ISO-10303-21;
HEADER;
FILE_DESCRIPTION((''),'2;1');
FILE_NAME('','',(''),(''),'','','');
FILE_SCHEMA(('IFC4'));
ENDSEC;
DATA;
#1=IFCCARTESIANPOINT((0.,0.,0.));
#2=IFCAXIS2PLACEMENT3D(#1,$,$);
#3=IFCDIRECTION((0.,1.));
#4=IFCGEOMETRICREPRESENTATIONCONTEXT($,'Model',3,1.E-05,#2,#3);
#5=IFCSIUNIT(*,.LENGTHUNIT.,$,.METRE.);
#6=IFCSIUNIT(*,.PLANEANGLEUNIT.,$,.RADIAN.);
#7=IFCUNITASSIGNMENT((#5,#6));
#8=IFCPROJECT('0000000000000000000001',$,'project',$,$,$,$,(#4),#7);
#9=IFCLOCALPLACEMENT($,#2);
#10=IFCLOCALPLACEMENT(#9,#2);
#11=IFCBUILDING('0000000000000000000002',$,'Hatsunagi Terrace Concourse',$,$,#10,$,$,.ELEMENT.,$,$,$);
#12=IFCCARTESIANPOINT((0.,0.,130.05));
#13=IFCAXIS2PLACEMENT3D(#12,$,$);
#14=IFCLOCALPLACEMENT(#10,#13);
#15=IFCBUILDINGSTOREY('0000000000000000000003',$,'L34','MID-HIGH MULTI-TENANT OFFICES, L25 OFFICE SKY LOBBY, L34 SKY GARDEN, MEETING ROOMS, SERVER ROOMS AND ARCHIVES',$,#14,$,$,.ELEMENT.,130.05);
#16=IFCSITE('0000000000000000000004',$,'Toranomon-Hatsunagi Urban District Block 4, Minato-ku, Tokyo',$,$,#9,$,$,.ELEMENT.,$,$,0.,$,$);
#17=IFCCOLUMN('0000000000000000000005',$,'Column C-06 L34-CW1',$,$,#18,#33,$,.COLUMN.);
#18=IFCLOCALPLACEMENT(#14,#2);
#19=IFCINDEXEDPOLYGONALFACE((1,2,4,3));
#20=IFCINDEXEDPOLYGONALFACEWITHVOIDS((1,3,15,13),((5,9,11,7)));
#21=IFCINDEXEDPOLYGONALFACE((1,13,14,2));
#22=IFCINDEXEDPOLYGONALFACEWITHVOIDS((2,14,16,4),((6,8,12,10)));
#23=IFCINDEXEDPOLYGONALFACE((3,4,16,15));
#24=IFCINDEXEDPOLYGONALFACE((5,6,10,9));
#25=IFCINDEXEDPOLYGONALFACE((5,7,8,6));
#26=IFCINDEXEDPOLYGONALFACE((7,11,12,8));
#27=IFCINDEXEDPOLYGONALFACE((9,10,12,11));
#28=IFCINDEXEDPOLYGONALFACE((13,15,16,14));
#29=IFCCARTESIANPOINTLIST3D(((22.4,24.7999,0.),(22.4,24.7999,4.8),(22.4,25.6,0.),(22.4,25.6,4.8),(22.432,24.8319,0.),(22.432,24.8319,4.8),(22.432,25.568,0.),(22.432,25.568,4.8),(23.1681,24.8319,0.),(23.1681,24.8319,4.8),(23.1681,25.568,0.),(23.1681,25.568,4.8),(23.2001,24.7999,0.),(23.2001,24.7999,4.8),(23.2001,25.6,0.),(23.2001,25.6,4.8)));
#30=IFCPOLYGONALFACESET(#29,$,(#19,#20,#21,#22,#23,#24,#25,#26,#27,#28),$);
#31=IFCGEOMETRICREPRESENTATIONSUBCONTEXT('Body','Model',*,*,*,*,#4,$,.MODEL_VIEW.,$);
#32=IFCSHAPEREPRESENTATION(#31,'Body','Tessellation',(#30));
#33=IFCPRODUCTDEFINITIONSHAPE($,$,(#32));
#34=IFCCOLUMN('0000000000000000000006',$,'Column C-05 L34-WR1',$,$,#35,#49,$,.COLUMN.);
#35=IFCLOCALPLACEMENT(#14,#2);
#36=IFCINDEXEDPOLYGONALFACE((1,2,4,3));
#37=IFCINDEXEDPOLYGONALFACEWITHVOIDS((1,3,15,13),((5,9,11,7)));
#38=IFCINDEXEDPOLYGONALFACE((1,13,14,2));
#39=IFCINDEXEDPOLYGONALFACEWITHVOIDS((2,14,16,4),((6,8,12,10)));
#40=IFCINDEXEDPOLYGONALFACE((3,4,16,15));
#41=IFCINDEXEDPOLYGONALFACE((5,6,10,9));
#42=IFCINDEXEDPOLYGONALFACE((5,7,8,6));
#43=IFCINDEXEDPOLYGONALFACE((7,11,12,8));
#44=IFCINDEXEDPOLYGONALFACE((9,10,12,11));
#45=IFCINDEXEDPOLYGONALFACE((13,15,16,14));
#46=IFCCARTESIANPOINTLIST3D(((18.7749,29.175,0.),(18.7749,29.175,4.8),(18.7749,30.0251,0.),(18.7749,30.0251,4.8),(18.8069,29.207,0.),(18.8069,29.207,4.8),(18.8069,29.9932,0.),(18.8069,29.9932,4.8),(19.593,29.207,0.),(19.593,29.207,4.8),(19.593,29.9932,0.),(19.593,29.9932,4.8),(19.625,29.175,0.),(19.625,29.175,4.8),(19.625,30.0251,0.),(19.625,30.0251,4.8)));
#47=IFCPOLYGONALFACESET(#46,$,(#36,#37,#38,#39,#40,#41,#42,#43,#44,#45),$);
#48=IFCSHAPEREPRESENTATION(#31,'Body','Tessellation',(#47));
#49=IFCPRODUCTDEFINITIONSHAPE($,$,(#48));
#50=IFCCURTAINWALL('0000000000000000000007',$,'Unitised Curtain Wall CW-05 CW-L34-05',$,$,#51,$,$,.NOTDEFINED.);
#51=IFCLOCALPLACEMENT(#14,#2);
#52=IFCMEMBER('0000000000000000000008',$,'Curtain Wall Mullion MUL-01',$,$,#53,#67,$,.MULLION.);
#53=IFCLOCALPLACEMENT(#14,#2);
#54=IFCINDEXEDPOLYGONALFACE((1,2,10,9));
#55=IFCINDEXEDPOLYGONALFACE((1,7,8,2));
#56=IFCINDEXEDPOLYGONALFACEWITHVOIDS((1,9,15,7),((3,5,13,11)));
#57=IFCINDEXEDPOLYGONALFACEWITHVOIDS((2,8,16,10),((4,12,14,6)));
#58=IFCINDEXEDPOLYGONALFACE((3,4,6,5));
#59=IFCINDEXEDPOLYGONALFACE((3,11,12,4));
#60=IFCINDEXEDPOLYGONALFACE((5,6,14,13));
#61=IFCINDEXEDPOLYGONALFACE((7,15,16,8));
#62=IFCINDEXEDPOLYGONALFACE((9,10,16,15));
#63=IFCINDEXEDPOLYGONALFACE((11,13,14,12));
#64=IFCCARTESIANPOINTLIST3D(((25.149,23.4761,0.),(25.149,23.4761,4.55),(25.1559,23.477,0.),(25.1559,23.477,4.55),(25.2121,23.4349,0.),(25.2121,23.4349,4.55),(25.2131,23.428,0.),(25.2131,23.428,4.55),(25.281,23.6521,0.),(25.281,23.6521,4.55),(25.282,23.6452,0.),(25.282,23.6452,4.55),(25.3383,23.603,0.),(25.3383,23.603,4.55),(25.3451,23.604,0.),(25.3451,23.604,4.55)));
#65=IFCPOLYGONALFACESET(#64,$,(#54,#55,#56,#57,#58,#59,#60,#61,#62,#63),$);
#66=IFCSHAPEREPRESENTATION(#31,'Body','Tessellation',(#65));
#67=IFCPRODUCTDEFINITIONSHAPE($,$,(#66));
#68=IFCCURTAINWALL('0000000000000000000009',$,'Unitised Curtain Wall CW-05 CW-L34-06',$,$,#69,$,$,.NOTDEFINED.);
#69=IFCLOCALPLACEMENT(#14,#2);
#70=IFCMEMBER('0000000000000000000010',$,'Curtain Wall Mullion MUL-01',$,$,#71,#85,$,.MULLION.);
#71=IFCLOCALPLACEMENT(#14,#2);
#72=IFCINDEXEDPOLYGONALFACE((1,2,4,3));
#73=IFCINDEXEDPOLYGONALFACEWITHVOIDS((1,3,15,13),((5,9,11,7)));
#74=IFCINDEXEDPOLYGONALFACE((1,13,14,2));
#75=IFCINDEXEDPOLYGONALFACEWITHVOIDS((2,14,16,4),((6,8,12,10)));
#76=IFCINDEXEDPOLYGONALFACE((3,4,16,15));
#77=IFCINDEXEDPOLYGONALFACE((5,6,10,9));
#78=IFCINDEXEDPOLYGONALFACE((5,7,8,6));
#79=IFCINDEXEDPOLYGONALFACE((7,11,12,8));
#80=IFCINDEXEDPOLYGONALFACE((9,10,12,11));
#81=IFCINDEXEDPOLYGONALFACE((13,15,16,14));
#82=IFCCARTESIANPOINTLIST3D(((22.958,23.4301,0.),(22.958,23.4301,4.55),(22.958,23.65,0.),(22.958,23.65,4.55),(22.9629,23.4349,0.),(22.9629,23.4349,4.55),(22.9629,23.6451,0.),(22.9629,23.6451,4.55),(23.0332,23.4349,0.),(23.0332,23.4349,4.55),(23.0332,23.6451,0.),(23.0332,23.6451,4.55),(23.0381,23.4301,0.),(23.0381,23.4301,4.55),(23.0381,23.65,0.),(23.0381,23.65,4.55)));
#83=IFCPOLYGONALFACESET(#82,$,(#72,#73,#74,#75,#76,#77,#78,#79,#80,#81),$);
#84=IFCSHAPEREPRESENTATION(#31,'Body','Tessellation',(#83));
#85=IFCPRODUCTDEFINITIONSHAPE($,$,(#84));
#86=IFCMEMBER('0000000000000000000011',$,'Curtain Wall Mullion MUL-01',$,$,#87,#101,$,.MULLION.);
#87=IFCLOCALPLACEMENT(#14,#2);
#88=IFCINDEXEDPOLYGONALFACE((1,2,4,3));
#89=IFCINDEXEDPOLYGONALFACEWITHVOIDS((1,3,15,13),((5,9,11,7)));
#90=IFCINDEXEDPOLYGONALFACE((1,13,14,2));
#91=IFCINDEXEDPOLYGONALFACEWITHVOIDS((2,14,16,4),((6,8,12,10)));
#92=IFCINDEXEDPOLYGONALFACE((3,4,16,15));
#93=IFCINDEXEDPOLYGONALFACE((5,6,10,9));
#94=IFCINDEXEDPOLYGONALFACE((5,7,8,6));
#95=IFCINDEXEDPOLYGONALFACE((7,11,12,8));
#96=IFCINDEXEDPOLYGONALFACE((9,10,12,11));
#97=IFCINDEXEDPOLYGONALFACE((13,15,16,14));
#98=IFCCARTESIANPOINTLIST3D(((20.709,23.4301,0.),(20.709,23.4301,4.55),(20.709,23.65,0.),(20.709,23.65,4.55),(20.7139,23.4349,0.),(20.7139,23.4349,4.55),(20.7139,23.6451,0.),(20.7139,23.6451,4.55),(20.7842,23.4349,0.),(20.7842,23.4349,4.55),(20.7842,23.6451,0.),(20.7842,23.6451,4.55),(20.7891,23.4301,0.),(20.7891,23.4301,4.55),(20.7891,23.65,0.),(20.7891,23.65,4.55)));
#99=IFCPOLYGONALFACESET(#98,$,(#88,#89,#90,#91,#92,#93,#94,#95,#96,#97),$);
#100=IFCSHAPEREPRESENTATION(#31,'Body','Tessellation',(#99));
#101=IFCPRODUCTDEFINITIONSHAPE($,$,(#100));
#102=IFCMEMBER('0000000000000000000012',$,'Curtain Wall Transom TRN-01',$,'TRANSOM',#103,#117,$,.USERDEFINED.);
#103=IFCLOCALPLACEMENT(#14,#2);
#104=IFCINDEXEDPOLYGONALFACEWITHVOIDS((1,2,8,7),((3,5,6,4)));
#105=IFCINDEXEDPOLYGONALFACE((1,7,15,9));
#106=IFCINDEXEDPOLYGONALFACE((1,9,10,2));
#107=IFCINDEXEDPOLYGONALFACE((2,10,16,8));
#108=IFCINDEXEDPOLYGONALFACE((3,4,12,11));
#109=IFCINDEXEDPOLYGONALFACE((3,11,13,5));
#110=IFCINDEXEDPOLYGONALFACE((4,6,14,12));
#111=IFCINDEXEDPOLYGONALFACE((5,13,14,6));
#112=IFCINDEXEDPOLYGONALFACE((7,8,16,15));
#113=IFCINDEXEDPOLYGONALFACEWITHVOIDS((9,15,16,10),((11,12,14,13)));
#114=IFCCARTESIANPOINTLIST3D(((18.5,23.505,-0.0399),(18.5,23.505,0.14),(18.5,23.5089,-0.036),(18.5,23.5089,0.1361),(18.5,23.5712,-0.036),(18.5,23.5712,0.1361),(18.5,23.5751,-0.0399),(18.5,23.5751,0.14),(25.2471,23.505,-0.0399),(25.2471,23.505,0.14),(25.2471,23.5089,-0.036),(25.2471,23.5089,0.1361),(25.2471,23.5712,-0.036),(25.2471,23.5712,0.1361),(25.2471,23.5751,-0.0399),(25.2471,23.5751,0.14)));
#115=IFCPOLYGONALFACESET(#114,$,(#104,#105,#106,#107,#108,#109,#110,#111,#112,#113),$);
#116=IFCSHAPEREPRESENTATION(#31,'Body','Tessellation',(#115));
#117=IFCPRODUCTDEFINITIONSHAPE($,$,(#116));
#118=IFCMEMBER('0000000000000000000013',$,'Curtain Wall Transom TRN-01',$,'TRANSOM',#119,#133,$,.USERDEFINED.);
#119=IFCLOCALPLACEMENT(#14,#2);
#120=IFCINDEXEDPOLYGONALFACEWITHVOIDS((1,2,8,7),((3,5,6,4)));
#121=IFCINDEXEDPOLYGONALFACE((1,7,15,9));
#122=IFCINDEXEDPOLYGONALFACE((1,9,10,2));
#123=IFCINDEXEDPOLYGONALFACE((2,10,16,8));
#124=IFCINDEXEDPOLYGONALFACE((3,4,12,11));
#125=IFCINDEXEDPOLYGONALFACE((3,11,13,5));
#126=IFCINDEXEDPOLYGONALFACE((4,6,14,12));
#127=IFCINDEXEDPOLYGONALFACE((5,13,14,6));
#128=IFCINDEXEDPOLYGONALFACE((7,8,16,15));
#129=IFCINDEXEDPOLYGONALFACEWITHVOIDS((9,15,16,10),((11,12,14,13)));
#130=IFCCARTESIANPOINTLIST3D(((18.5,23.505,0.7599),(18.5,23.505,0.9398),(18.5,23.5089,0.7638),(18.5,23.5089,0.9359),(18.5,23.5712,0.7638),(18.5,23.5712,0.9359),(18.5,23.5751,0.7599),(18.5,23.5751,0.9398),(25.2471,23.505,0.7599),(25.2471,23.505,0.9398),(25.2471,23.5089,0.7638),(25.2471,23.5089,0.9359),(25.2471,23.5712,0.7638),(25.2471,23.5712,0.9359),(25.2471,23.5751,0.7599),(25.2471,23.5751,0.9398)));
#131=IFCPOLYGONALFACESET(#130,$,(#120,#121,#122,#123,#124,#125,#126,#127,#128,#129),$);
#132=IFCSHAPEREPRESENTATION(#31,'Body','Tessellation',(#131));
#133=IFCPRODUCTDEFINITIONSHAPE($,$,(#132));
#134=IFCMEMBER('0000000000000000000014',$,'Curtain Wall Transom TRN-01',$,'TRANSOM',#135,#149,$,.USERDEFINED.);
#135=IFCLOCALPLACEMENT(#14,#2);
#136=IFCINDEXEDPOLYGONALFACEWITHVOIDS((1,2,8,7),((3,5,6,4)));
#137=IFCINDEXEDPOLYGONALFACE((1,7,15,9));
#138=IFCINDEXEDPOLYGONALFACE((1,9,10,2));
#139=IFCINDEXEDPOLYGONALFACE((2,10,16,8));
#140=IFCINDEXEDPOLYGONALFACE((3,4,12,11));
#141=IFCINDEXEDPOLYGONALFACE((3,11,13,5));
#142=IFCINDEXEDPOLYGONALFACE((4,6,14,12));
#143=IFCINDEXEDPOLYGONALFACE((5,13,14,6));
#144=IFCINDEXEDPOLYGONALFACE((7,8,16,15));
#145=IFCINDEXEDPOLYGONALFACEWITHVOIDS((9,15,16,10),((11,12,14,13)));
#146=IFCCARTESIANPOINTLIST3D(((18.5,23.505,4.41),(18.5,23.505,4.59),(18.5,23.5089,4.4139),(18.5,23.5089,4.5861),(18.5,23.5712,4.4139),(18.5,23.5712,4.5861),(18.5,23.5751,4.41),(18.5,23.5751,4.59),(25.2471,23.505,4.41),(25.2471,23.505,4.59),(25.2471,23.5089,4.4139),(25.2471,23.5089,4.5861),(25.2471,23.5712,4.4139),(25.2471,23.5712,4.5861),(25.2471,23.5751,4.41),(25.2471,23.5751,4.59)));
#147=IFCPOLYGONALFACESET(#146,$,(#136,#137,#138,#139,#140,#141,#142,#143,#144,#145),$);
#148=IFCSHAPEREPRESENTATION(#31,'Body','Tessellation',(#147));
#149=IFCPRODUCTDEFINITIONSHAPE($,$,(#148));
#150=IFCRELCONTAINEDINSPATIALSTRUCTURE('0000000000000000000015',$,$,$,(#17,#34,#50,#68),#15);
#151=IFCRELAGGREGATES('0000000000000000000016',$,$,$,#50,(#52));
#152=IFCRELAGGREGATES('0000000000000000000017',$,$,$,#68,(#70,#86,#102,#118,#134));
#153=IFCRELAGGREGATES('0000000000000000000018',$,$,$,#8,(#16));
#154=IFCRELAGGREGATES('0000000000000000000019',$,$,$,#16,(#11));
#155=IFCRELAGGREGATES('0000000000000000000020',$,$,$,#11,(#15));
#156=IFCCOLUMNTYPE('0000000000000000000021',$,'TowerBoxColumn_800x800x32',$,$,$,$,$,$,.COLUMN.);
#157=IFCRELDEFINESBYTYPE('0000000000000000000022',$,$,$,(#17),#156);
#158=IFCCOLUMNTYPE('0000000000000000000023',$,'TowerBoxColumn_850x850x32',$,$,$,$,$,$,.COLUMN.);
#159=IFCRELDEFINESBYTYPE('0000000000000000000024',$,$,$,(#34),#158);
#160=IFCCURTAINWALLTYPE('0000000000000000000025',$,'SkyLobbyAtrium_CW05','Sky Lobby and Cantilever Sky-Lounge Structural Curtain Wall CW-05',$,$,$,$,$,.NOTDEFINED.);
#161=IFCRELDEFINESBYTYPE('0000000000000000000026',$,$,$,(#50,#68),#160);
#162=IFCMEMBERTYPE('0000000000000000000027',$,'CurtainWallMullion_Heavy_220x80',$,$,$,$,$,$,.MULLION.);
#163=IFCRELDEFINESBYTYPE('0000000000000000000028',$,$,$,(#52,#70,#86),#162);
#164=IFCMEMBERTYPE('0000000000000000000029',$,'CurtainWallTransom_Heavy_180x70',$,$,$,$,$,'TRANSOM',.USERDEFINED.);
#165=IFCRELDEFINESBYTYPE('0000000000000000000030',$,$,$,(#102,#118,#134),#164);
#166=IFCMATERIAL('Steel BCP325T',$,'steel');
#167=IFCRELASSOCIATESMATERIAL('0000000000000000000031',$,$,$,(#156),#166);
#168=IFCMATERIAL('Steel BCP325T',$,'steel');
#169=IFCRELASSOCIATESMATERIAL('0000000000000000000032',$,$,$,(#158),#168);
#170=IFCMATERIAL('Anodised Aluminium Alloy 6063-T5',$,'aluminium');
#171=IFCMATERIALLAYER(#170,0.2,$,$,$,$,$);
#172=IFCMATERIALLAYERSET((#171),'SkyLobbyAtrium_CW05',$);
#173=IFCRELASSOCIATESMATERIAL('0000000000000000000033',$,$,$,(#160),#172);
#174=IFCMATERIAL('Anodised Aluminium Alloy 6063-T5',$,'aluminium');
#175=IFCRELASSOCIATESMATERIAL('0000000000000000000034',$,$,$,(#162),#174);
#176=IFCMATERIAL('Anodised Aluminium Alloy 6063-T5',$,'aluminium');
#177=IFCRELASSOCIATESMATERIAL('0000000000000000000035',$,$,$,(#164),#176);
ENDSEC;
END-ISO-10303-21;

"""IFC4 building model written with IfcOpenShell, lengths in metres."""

from ifc_helpers import new_model, si_unit, direction, frame, origin, origin_2d, place, context, subcontext, project, spatial, hollow_rectangle, extrude, material, layer, layer_set, material_profile, profile_set, type_object, element, aggregate, save


model = new_model("IFC4")

# Units and contexts
model_context = context("Model", 3, precision=1e-05, world=origin(), true_north=direction((0.0, 1.0)))
body_context = subcontext(model_context, "Body", "Model", "MODEL_VIEW")
ifc_project = project(units=[si_unit("LENGTHUNIT", "METRE"), si_unit("PLANEANGLEUNIT", "RADIAN")], contexts=[model_context])

# Site, building, storey
site_placement = place(None, origin())
site = spatial("IfcSite", under=ifc_project, at=site_placement, Name="Toranomon-Hatsunagi Urban District Block 4, Minato-ku, Tokyo", CompositionType="ELEMENT", RefElevation=0.0)
building_placement = place(site_placement, origin())
building = spatial("IfcBuilding", under=site, at=building_placement, Name="Hatsunagi Terrace Concourse", CompositionType="ELEMENT")
storey_placement = place(building_placement, frame((0.0, 0.0, 130.05)))
storey = spatial("IfcBuildingStorey", under=building, at=storey_placement, Name="L34", Description="MID-HIGH MULTI-TENANT OFFICES, L25 OFFICE SKY LOBBY, L34 SKY GARDEN, MEETING ROOMS, SERVER ROOMS AND ARCHIVES", CompositionType="ELEMENT", Elevation=130.05)

# Columns
ifc_material_1 = material(Name="Steel BCP325T", Category="steel")
ifc_material_profile_1 = material_profile(ifc_material_1, hollow_rectangle(XDim=0.8, YDim=0.8, WallThickness=0.032, at=origin_2d()), Name="BCP-800x800x32")
ifc_profile_set_1 = profile_set([ifc_material_profile_1], Name="Steel BCP325T")
column_type_1 = type_object("IfcColumnType", Name="TowerBoxColumn_800x800x32", PredefinedType="COLUMN", material=ifc_profile_set_1)
column_1_placement = place(storey_placement, frame((22.8, 25.2, 0.0), z_axis=(0.0, 0.0, 1.0), x_axis=(1.0, 0.0, 0.0)))
element("IfcColumn", 1, at=column_1_placement, inside=storey, type_object=column_type_1, Name="Column C-06 L34-CW1", PredefinedType="COLUMN", context=body_context, shape_type="SweptSolid", body=[
    extrude(hollow_rectangle(XDim=0.8, YDim=0.8, WallThickness=0.032, at=origin_2d()), origin(), (0.0, 0.0, 1.0), 4.8),
])
ifc_material_2 = material(Name="Steel BCP325T", Category="steel")
ifc_material_profile_2 = material_profile(ifc_material_2, hollow_rectangle(XDim=0.8501, YDim=0.8501, WallThickness=0.032, at=origin_2d()), Name="BCP-850x850x32")
ifc_profile_set_2 = profile_set([ifc_material_profile_2], Name="Steel BCP325T")
column_type_2 = type_object("IfcColumnType", Name="TowerBoxColumn_850x850x32", PredefinedType="COLUMN", material=ifc_profile_set_2)
column_2_placement = place(storey_placement, frame((19.2, 29.6001, 0.0), z_axis=(0.0, 0.0, 1.0), x_axis=(1.0, 0.0, 0.0)))
element("IfcColumn", 2, at=column_2_placement, inside=storey, type_object=column_type_2, Name="Column C-05 L34-WR1", PredefinedType="COLUMN", context=body_context, shape_type="SweptSolid", body=[
    extrude(hollow_rectangle(XDim=0.8501, YDim=0.8501, WallThickness=0.032, at=origin_2d()), origin(), (0.0, 0.0, 1.0), 4.8),
])

# Curtain wall, member
ifc_material_3 = material(Name="Anodised Aluminium Alloy 6063-T5", Category="aluminium")
ifc_layer_1 = layer(ifc_material_3, 0.2)
ifc_layer_set_1 = layer_set([ifc_layer_1], Name="SkyLobbyAtrium_CW05")
curtain_wall_type = type_object("IfcCurtainWallType", Name="SkyLobbyAtrium_CW05", Description="Sky Lobby and Cantilever Sky-Lounge Structural Curtain Wall CW-05", PredefinedType="NOTDEFINED", material=ifc_layer_set_1)
curtain_wall_1_placement = place(storey_placement, origin())
curtain_wall_1 = element("IfcCurtainWall", 3, at=curtain_wall_1_placement, inside=storey, type_object=curtain_wall_type, Name="Unitised Curtain Wall CW-05 CW-L34-05", PredefinedType="NOTDEFINED")
ifc_material_4 = material(Name="Anodised Aluminium Alloy 6063-T5", Category="aluminium")
ifc_material_profile_3 = material_profile(ifc_material_4, hollow_rectangle(XDim=0.0801, YDim=0.22, WallThickness=0.0049, at=origin_2d()), Name="ALU-MUL-220x80x5")
ifc_profile_set_3 = profile_set([ifc_material_profile_3], Name="Anodised Aluminium Alloy 6063-T5")
member_type_1 = type_object("IfcMemberType", Name="CurtainWallMullion_Heavy_220x80", PredefinedType="MULLION", material=ifc_profile_set_3)
member_1_placement = place(storey_placement, frame((25.2471, 23.54, 0.0), z_axis=(0.0, 0.0, 1.0), x_axis=(-0.800005, 0.599993, 0.0)))
member_1 = element("IfcMember", 4, at=member_1_placement, type_object=member_type_1, Name="Curtain Wall Mullion MUL-01", PredefinedType="MULLION", context=body_context, shape_type="SweptSolid", body=[
    extrude(hollow_rectangle(XDim=0.0801, YDim=0.22, WallThickness=0.0049, at=origin_2d()), origin(), (0.0, 0.0, 1.0), 4.55),
])
aggregate(curtain_wall_1, [member_1])

# Curtain wall, members
curtain_wall_2_placement = place(storey_placement, origin())
curtain_wall_2 = element("IfcCurtainWall", 5, at=curtain_wall_2_placement, inside=storey, type_object=curtain_wall_type, Name="Unitised Curtain Wall CW-05 CW-L34-06", PredefinedType="NOTDEFINED")
member_2_placement = place(storey_placement, frame((22.998, 23.54, 0.0), z_axis=(0.0, 0.0, 1.0), x_axis=(-1.0, 0.0, 0.0)))
member_2 = element("IfcMember", 6, at=member_2_placement, type_object=member_type_1, Name="Curtain Wall Mullion MUL-01", PredefinedType="MULLION", context=body_context, shape_type="SweptSolid", body=[
    extrude(hollow_rectangle(XDim=0.0801, YDim=0.22, WallThickness=0.0049, at=origin_2d()), origin(), (0.0, 0.0, 1.0), 4.55),
])
member_3_placement = place(storey_placement, frame((20.749, 23.54, 0.0), z_axis=(0.0, 0.0, 1.0), x_axis=(-1.0, 0.0, 0.0)))
member_3 = element("IfcMember", 7, at=member_3_placement, type_object=member_type_1, Name="Curtain Wall Mullion MUL-01", PredefinedType="MULLION", context=body_context, shape_type="SweptSolid", body=[
    extrude(hollow_rectangle(XDim=0.0801, YDim=0.22, WallThickness=0.0049, at=origin_2d()), origin(), (0.0, 0.0, 1.0), 4.55),
])
ifc_material_5 = material(Name="Anodised Aluminium Alloy 6063-T5", Category="aluminium")
ifc_material_profile_4 = material_profile(ifc_material_5, hollow_rectangle(XDim=0.0701, YDim=0.1799, WallThickness=0.0039, at=origin_2d()), Name="ALU-TRN-180x70x4")
ifc_profile_set_4 = profile_set([ifc_material_profile_4], Name="Anodised Aluminium Alloy 6063-T5")
member_type_2 = type_object("IfcMemberType", Name="CurtainWallTransom_Heavy_180x70", ElementType="TRANSOM", PredefinedType="USERDEFINED", material=ifc_profile_set_4)
member_4_placement = place(storey_placement, frame((25.2471, 23.54, 0.05), z_axis=(-1.0, 0.0, 0.0), x_axis=(0.0, -1.0, 0.0)))
member_4 = element("IfcMember", 8, at=member_4_placement, type_object=member_type_2, Name="Curtain Wall Transom TRN-01", ObjectType="TRANSOM", PredefinedType="USERDEFINED", context=body_context, shape_type="SweptSolid", body=[
    extrude(hollow_rectangle(XDim=0.0701, YDim=0.1799, WallThickness=0.0039, at=origin_2d()), origin(), (0.0, 0.0, 1.0), 6.7471),
])
member_5_placement = place(storey_placement, frame((25.2471, 23.54, 0.8499), z_axis=(-1.0, 0.0, 0.0), x_axis=(0.0, -1.0, 0.0)))
member_5 = element("IfcMember", 9, at=member_5_placement, type_object=member_type_2, Name="Curtain Wall Transom TRN-01", ObjectType="TRANSOM", PredefinedType="USERDEFINED", context=body_context, shape_type="SweptSolid", body=[
    extrude(hollow_rectangle(XDim=0.0701, YDim=0.1799, WallThickness=0.0039, at=origin_2d()), origin(), (0.0, 0.0, 1.0), 6.7471),
])
member_6_placement = place(storey_placement, frame((25.2471, 23.54, 4.5), z_axis=(-1.0, 0.0, 0.0), x_axis=(0.0, -1.0, 0.0)))
member_6 = element("IfcMember", 10, at=member_6_placement, type_object=member_type_2, Name="Curtain Wall Transom TRN-01", ObjectType="TRANSOM", PredefinedType="USERDEFINED", context=body_context, shape_type="SweptSolid", body=[
    extrude(hollow_rectangle(XDim=0.0701, YDim=0.1799, WallThickness=0.0039, at=origin_2d()), origin(), (0.0, 0.0, 1.0), 6.7471),
])

aggregate(curtain_wall_2, [member_2, member_3, member_4, member_5, member_6])

save(model, "model.ifc")
